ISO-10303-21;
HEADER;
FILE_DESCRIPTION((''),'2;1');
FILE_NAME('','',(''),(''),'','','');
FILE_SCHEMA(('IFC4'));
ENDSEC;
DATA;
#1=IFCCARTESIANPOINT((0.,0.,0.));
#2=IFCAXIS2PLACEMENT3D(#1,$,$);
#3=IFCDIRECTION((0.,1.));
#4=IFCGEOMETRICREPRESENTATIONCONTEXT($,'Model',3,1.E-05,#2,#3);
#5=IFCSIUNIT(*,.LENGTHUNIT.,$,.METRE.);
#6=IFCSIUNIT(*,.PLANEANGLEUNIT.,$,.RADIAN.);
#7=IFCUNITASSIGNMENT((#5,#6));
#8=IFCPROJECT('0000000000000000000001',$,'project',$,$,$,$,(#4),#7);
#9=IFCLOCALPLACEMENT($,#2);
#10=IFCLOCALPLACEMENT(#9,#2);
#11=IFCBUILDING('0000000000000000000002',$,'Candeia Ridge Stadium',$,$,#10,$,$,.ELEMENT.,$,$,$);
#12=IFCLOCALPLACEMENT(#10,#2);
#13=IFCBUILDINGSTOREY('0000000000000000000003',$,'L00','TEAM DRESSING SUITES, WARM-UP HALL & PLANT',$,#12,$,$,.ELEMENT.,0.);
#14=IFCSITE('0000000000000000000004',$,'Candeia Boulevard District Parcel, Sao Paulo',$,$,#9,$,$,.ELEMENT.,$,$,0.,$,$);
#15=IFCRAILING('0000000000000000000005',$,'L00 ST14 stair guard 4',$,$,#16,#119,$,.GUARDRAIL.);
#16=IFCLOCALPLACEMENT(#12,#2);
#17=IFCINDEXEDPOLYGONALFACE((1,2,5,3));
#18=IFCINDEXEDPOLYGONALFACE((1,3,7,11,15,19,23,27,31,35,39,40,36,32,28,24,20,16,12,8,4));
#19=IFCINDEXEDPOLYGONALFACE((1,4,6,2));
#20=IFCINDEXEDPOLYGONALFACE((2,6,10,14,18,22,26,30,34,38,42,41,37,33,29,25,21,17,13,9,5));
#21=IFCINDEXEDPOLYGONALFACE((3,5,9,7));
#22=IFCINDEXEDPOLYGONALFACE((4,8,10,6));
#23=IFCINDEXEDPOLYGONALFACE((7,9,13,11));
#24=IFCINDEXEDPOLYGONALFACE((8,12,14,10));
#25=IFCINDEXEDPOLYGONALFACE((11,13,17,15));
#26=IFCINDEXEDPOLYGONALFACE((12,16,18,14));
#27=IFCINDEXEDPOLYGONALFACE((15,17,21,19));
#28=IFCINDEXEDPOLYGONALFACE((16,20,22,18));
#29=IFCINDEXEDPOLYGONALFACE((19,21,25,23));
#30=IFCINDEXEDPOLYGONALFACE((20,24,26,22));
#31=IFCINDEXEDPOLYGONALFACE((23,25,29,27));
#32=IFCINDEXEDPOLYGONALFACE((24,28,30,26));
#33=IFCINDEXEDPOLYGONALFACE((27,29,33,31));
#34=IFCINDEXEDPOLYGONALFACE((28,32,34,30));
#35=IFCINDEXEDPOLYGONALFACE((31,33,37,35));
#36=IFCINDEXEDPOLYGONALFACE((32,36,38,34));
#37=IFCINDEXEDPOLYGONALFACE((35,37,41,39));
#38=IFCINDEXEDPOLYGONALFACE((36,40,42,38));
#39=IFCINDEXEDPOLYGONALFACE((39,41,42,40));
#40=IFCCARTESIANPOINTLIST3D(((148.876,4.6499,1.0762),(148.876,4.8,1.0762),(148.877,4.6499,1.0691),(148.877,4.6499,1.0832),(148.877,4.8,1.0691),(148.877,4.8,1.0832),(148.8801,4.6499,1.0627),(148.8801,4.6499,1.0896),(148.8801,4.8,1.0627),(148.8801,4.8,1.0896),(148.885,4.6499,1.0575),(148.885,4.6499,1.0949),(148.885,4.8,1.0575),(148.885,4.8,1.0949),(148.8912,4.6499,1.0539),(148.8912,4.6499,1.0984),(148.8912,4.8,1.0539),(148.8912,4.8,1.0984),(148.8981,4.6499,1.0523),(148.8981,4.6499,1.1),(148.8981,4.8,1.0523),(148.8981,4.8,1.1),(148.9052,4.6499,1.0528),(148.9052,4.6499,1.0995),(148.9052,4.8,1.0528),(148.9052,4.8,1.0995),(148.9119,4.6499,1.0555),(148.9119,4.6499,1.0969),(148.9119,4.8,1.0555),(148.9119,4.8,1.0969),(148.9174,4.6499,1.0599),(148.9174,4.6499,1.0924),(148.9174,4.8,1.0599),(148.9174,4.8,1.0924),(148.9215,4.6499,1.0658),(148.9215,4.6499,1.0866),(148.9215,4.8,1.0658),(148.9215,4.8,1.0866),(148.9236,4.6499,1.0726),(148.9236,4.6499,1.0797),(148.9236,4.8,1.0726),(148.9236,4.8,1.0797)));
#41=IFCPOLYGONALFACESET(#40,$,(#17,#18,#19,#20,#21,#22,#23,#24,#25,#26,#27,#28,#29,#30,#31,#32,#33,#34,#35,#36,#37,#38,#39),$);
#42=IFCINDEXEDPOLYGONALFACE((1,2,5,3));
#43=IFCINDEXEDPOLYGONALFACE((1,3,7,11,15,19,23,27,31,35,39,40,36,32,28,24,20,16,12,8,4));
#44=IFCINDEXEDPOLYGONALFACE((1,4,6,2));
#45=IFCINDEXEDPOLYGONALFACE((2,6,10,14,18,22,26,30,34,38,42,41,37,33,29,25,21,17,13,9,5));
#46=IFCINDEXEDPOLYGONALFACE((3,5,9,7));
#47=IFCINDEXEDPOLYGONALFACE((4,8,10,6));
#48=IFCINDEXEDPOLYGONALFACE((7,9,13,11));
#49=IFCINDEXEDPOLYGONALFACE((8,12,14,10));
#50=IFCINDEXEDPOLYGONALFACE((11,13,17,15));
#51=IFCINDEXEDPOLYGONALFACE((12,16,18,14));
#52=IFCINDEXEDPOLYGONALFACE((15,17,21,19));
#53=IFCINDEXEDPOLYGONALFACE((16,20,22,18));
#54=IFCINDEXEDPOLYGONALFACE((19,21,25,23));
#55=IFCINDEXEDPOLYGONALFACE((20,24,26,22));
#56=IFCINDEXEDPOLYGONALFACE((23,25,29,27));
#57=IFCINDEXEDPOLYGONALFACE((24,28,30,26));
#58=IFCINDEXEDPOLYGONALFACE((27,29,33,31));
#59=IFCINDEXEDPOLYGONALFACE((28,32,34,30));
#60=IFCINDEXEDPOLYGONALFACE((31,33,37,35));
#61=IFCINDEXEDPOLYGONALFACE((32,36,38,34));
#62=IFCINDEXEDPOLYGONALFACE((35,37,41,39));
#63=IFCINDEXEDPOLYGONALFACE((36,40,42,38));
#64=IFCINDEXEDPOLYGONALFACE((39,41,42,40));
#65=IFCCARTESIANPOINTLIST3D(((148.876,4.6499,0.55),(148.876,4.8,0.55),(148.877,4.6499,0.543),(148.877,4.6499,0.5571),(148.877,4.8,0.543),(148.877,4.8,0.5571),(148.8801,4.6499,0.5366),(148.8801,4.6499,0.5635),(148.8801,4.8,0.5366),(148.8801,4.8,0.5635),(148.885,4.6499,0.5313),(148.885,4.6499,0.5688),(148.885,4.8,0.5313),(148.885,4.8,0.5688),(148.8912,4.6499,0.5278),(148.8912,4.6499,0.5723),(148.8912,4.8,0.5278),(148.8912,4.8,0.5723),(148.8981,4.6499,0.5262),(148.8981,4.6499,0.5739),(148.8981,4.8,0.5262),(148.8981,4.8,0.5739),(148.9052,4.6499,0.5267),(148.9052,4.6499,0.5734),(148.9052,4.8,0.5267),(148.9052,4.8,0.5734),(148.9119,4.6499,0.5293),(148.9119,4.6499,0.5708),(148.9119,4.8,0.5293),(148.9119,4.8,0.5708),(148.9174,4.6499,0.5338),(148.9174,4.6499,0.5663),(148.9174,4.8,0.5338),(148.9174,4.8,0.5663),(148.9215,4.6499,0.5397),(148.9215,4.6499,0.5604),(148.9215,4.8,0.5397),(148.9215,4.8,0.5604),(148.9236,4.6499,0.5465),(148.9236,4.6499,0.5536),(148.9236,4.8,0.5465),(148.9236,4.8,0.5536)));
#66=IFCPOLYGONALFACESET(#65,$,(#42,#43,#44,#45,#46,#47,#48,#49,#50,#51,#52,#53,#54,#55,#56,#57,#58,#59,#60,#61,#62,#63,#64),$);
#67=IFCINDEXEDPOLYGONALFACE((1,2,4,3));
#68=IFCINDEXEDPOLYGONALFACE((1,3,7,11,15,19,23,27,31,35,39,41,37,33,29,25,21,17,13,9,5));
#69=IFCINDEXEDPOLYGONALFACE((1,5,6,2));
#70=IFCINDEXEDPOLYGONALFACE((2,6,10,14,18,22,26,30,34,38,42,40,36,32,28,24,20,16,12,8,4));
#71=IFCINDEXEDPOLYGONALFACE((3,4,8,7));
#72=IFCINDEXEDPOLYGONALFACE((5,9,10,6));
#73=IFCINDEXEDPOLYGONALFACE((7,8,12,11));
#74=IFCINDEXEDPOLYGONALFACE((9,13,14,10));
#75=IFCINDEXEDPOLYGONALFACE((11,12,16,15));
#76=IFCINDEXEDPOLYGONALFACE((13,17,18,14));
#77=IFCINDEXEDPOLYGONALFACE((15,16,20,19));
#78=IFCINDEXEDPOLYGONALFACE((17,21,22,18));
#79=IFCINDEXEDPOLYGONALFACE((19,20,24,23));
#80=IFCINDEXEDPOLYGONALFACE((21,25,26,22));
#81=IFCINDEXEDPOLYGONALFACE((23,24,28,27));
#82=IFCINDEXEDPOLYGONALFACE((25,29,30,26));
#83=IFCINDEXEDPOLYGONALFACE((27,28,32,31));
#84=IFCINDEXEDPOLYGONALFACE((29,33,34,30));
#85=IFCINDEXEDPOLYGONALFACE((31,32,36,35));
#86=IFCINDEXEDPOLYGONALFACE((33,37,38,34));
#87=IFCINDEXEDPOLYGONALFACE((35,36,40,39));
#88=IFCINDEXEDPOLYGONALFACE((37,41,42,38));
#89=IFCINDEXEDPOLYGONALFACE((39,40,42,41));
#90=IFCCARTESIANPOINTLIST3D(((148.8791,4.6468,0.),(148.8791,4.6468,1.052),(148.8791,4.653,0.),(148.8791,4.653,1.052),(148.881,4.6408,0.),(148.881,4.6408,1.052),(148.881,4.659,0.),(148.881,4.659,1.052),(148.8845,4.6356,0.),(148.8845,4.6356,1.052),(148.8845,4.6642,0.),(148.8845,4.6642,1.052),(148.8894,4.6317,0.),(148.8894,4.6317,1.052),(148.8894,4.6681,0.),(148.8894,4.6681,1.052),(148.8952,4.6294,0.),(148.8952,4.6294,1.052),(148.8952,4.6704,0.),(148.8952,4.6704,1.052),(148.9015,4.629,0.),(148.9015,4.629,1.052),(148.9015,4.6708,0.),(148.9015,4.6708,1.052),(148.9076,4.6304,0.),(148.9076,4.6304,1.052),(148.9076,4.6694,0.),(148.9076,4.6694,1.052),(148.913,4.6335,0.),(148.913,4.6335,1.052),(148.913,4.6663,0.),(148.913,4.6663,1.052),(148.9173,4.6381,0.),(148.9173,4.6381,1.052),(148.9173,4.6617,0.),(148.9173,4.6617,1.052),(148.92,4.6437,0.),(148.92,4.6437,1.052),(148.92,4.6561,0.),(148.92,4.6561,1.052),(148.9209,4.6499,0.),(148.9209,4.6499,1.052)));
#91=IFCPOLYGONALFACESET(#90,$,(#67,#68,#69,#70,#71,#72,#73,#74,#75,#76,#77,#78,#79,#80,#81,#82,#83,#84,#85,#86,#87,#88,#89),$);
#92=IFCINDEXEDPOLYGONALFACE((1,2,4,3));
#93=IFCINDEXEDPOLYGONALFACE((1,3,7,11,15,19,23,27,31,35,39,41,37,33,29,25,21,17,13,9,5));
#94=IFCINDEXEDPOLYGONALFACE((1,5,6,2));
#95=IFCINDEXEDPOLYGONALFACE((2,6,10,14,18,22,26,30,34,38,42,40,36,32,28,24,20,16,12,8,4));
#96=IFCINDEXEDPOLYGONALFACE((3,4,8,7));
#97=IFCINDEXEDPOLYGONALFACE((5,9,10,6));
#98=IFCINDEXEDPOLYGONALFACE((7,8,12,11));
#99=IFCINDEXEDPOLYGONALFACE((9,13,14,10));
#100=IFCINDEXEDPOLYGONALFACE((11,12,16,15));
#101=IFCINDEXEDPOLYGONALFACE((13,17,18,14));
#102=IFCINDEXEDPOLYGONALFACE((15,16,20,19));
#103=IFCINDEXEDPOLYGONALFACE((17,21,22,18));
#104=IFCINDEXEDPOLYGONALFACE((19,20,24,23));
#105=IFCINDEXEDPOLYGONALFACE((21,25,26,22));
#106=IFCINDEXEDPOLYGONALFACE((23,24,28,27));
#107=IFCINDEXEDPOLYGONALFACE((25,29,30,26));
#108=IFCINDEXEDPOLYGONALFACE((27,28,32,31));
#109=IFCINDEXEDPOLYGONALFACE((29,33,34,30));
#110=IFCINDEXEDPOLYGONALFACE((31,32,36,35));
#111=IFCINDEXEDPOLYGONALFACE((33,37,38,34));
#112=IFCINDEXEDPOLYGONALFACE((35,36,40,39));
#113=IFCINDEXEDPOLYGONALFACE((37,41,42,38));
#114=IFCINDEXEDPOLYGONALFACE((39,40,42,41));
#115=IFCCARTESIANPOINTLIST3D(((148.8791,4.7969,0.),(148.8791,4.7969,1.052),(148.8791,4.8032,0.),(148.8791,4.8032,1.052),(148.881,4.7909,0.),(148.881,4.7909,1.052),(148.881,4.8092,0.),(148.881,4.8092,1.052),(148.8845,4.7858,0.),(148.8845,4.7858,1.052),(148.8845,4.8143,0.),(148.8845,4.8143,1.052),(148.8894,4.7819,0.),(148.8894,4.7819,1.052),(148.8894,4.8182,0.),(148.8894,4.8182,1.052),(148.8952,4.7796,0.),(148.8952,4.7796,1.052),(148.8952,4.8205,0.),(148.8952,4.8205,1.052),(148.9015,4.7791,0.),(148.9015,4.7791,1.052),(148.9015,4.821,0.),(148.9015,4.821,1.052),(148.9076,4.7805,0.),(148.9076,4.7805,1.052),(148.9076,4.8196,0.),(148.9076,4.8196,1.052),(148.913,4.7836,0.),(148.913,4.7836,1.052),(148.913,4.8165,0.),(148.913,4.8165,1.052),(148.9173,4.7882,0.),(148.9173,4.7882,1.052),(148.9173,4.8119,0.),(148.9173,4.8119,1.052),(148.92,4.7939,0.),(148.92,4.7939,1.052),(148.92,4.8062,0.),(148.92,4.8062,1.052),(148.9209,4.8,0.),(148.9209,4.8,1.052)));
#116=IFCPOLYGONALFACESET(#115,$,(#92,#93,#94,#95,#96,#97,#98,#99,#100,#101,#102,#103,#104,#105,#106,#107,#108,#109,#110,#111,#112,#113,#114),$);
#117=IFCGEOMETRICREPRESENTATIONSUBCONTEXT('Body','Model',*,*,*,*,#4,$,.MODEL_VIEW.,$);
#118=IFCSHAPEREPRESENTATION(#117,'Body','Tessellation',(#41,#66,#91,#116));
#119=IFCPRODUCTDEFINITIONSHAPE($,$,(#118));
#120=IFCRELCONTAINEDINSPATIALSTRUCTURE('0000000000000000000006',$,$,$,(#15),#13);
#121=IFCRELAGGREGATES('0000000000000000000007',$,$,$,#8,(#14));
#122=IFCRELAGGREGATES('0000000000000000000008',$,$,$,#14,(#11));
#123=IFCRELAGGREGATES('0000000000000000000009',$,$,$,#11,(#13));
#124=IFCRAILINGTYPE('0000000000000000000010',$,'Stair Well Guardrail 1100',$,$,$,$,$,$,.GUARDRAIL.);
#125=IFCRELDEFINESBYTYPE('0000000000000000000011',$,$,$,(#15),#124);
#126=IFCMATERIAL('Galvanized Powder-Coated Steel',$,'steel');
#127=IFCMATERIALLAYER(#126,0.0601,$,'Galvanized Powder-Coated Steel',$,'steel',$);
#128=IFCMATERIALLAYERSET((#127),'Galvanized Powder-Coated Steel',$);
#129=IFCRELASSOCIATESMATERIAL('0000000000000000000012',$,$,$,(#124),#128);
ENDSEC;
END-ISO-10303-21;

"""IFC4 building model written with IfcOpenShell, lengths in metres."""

from ifc_helpers import new_model, si_unit, direction, frame, origin, origin_2d, place, context, subcontext, project, spatial, circle, extrude, material, layer, layer_set, type_object, element, save


model = new_model("IFC4")

# Units and contexts
model_context = context("Model", 3, precision=1e-05, world=origin(), true_north=direction((0.0, 1.0)))
body_context = subcontext(model_context, "Body", "Model", "MODEL_VIEW")
ifc_project = project(units=[si_unit("LENGTHUNIT", "METRE"), si_unit("PLANEANGLEUNIT", "RADIAN")], contexts=[model_context])

# Site, building, storey
site_placement = place(None, origin())
site = spatial("IfcSite", under=ifc_project, at=site_placement, Name="Candeia Boulevard District Parcel, Sao Paulo", CompositionType="ELEMENT", RefElevation=0.0)
building_placement = place(site_placement, origin())
building = spatial("IfcBuilding", under=site, at=building_placement, Name="Candeia Ridge Stadium", CompositionType="ELEMENT")
storey_placement = place(building_placement, origin())
storey = spatial("IfcBuildingStorey", under=building, at=storey_placement, Name="L00", Description="TEAM DRESSING SUITES, WARM-UP HALL & PLANT", CompositionType="ELEMENT", Elevation=0.0)

# Railing
ifc_material_1 = material(Name="Galvanized Powder-Coated Steel", Category="steel")
ifc_layer_1 = layer(ifc_material_1, 0.0601, Name="Galvanized Powder-Coated Steel", Category="steel")
ifc_layer_set_1 = layer_set([ifc_layer_1], Name="Galvanized Powder-Coated Steel")
railing_type_1 = type_object("IfcRailingType", Name="Stair Well Guardrail 1100", PredefinedType="GUARDRAIL", material=ifc_layer_set_1)
railing_1_placement = place(storey_placement, frame((148.8999, 4.6499, 0.0)))
element("IfcRailing", 1, at=railing_1_placement, inside=storey, type_object=railing_type_1, Name="L00 ST14 stair guard 4", PredefinedType="GUARDRAIL", context=body_context, shape_type="SweptSolid", body=[
    extrude(circle(Radius=0.0239, at=origin_2d()), frame((0.0, 0.0, 1.0762), z_axis=(0.0, 1.0, 0.0), x_axis=(-1.0, 0.0, 0.0)), (0.0, 0.0, 1.0), 0.1501),
    extrude(circle(Radius=0.0239, at=origin_2d()), frame((0.0, 0.0, 0.55), z_axis=(0.0, 1.0, 0.0), x_axis=(-1.0, 0.0, 0.0)), (0.0, 0.0, 1.0), 0.1501),
    extrude(circle(Radius=0.021, at=origin_2d()), origin(), (0.0, 0.0, 1.0), 1.052),
    extrude(circle(Radius=0.021, at=origin_2d()), frame((0.0, 0.1501, 0.0)), (0.0, 0.0, 1.0), 1.052),
])

save(model, "model.ifc")
